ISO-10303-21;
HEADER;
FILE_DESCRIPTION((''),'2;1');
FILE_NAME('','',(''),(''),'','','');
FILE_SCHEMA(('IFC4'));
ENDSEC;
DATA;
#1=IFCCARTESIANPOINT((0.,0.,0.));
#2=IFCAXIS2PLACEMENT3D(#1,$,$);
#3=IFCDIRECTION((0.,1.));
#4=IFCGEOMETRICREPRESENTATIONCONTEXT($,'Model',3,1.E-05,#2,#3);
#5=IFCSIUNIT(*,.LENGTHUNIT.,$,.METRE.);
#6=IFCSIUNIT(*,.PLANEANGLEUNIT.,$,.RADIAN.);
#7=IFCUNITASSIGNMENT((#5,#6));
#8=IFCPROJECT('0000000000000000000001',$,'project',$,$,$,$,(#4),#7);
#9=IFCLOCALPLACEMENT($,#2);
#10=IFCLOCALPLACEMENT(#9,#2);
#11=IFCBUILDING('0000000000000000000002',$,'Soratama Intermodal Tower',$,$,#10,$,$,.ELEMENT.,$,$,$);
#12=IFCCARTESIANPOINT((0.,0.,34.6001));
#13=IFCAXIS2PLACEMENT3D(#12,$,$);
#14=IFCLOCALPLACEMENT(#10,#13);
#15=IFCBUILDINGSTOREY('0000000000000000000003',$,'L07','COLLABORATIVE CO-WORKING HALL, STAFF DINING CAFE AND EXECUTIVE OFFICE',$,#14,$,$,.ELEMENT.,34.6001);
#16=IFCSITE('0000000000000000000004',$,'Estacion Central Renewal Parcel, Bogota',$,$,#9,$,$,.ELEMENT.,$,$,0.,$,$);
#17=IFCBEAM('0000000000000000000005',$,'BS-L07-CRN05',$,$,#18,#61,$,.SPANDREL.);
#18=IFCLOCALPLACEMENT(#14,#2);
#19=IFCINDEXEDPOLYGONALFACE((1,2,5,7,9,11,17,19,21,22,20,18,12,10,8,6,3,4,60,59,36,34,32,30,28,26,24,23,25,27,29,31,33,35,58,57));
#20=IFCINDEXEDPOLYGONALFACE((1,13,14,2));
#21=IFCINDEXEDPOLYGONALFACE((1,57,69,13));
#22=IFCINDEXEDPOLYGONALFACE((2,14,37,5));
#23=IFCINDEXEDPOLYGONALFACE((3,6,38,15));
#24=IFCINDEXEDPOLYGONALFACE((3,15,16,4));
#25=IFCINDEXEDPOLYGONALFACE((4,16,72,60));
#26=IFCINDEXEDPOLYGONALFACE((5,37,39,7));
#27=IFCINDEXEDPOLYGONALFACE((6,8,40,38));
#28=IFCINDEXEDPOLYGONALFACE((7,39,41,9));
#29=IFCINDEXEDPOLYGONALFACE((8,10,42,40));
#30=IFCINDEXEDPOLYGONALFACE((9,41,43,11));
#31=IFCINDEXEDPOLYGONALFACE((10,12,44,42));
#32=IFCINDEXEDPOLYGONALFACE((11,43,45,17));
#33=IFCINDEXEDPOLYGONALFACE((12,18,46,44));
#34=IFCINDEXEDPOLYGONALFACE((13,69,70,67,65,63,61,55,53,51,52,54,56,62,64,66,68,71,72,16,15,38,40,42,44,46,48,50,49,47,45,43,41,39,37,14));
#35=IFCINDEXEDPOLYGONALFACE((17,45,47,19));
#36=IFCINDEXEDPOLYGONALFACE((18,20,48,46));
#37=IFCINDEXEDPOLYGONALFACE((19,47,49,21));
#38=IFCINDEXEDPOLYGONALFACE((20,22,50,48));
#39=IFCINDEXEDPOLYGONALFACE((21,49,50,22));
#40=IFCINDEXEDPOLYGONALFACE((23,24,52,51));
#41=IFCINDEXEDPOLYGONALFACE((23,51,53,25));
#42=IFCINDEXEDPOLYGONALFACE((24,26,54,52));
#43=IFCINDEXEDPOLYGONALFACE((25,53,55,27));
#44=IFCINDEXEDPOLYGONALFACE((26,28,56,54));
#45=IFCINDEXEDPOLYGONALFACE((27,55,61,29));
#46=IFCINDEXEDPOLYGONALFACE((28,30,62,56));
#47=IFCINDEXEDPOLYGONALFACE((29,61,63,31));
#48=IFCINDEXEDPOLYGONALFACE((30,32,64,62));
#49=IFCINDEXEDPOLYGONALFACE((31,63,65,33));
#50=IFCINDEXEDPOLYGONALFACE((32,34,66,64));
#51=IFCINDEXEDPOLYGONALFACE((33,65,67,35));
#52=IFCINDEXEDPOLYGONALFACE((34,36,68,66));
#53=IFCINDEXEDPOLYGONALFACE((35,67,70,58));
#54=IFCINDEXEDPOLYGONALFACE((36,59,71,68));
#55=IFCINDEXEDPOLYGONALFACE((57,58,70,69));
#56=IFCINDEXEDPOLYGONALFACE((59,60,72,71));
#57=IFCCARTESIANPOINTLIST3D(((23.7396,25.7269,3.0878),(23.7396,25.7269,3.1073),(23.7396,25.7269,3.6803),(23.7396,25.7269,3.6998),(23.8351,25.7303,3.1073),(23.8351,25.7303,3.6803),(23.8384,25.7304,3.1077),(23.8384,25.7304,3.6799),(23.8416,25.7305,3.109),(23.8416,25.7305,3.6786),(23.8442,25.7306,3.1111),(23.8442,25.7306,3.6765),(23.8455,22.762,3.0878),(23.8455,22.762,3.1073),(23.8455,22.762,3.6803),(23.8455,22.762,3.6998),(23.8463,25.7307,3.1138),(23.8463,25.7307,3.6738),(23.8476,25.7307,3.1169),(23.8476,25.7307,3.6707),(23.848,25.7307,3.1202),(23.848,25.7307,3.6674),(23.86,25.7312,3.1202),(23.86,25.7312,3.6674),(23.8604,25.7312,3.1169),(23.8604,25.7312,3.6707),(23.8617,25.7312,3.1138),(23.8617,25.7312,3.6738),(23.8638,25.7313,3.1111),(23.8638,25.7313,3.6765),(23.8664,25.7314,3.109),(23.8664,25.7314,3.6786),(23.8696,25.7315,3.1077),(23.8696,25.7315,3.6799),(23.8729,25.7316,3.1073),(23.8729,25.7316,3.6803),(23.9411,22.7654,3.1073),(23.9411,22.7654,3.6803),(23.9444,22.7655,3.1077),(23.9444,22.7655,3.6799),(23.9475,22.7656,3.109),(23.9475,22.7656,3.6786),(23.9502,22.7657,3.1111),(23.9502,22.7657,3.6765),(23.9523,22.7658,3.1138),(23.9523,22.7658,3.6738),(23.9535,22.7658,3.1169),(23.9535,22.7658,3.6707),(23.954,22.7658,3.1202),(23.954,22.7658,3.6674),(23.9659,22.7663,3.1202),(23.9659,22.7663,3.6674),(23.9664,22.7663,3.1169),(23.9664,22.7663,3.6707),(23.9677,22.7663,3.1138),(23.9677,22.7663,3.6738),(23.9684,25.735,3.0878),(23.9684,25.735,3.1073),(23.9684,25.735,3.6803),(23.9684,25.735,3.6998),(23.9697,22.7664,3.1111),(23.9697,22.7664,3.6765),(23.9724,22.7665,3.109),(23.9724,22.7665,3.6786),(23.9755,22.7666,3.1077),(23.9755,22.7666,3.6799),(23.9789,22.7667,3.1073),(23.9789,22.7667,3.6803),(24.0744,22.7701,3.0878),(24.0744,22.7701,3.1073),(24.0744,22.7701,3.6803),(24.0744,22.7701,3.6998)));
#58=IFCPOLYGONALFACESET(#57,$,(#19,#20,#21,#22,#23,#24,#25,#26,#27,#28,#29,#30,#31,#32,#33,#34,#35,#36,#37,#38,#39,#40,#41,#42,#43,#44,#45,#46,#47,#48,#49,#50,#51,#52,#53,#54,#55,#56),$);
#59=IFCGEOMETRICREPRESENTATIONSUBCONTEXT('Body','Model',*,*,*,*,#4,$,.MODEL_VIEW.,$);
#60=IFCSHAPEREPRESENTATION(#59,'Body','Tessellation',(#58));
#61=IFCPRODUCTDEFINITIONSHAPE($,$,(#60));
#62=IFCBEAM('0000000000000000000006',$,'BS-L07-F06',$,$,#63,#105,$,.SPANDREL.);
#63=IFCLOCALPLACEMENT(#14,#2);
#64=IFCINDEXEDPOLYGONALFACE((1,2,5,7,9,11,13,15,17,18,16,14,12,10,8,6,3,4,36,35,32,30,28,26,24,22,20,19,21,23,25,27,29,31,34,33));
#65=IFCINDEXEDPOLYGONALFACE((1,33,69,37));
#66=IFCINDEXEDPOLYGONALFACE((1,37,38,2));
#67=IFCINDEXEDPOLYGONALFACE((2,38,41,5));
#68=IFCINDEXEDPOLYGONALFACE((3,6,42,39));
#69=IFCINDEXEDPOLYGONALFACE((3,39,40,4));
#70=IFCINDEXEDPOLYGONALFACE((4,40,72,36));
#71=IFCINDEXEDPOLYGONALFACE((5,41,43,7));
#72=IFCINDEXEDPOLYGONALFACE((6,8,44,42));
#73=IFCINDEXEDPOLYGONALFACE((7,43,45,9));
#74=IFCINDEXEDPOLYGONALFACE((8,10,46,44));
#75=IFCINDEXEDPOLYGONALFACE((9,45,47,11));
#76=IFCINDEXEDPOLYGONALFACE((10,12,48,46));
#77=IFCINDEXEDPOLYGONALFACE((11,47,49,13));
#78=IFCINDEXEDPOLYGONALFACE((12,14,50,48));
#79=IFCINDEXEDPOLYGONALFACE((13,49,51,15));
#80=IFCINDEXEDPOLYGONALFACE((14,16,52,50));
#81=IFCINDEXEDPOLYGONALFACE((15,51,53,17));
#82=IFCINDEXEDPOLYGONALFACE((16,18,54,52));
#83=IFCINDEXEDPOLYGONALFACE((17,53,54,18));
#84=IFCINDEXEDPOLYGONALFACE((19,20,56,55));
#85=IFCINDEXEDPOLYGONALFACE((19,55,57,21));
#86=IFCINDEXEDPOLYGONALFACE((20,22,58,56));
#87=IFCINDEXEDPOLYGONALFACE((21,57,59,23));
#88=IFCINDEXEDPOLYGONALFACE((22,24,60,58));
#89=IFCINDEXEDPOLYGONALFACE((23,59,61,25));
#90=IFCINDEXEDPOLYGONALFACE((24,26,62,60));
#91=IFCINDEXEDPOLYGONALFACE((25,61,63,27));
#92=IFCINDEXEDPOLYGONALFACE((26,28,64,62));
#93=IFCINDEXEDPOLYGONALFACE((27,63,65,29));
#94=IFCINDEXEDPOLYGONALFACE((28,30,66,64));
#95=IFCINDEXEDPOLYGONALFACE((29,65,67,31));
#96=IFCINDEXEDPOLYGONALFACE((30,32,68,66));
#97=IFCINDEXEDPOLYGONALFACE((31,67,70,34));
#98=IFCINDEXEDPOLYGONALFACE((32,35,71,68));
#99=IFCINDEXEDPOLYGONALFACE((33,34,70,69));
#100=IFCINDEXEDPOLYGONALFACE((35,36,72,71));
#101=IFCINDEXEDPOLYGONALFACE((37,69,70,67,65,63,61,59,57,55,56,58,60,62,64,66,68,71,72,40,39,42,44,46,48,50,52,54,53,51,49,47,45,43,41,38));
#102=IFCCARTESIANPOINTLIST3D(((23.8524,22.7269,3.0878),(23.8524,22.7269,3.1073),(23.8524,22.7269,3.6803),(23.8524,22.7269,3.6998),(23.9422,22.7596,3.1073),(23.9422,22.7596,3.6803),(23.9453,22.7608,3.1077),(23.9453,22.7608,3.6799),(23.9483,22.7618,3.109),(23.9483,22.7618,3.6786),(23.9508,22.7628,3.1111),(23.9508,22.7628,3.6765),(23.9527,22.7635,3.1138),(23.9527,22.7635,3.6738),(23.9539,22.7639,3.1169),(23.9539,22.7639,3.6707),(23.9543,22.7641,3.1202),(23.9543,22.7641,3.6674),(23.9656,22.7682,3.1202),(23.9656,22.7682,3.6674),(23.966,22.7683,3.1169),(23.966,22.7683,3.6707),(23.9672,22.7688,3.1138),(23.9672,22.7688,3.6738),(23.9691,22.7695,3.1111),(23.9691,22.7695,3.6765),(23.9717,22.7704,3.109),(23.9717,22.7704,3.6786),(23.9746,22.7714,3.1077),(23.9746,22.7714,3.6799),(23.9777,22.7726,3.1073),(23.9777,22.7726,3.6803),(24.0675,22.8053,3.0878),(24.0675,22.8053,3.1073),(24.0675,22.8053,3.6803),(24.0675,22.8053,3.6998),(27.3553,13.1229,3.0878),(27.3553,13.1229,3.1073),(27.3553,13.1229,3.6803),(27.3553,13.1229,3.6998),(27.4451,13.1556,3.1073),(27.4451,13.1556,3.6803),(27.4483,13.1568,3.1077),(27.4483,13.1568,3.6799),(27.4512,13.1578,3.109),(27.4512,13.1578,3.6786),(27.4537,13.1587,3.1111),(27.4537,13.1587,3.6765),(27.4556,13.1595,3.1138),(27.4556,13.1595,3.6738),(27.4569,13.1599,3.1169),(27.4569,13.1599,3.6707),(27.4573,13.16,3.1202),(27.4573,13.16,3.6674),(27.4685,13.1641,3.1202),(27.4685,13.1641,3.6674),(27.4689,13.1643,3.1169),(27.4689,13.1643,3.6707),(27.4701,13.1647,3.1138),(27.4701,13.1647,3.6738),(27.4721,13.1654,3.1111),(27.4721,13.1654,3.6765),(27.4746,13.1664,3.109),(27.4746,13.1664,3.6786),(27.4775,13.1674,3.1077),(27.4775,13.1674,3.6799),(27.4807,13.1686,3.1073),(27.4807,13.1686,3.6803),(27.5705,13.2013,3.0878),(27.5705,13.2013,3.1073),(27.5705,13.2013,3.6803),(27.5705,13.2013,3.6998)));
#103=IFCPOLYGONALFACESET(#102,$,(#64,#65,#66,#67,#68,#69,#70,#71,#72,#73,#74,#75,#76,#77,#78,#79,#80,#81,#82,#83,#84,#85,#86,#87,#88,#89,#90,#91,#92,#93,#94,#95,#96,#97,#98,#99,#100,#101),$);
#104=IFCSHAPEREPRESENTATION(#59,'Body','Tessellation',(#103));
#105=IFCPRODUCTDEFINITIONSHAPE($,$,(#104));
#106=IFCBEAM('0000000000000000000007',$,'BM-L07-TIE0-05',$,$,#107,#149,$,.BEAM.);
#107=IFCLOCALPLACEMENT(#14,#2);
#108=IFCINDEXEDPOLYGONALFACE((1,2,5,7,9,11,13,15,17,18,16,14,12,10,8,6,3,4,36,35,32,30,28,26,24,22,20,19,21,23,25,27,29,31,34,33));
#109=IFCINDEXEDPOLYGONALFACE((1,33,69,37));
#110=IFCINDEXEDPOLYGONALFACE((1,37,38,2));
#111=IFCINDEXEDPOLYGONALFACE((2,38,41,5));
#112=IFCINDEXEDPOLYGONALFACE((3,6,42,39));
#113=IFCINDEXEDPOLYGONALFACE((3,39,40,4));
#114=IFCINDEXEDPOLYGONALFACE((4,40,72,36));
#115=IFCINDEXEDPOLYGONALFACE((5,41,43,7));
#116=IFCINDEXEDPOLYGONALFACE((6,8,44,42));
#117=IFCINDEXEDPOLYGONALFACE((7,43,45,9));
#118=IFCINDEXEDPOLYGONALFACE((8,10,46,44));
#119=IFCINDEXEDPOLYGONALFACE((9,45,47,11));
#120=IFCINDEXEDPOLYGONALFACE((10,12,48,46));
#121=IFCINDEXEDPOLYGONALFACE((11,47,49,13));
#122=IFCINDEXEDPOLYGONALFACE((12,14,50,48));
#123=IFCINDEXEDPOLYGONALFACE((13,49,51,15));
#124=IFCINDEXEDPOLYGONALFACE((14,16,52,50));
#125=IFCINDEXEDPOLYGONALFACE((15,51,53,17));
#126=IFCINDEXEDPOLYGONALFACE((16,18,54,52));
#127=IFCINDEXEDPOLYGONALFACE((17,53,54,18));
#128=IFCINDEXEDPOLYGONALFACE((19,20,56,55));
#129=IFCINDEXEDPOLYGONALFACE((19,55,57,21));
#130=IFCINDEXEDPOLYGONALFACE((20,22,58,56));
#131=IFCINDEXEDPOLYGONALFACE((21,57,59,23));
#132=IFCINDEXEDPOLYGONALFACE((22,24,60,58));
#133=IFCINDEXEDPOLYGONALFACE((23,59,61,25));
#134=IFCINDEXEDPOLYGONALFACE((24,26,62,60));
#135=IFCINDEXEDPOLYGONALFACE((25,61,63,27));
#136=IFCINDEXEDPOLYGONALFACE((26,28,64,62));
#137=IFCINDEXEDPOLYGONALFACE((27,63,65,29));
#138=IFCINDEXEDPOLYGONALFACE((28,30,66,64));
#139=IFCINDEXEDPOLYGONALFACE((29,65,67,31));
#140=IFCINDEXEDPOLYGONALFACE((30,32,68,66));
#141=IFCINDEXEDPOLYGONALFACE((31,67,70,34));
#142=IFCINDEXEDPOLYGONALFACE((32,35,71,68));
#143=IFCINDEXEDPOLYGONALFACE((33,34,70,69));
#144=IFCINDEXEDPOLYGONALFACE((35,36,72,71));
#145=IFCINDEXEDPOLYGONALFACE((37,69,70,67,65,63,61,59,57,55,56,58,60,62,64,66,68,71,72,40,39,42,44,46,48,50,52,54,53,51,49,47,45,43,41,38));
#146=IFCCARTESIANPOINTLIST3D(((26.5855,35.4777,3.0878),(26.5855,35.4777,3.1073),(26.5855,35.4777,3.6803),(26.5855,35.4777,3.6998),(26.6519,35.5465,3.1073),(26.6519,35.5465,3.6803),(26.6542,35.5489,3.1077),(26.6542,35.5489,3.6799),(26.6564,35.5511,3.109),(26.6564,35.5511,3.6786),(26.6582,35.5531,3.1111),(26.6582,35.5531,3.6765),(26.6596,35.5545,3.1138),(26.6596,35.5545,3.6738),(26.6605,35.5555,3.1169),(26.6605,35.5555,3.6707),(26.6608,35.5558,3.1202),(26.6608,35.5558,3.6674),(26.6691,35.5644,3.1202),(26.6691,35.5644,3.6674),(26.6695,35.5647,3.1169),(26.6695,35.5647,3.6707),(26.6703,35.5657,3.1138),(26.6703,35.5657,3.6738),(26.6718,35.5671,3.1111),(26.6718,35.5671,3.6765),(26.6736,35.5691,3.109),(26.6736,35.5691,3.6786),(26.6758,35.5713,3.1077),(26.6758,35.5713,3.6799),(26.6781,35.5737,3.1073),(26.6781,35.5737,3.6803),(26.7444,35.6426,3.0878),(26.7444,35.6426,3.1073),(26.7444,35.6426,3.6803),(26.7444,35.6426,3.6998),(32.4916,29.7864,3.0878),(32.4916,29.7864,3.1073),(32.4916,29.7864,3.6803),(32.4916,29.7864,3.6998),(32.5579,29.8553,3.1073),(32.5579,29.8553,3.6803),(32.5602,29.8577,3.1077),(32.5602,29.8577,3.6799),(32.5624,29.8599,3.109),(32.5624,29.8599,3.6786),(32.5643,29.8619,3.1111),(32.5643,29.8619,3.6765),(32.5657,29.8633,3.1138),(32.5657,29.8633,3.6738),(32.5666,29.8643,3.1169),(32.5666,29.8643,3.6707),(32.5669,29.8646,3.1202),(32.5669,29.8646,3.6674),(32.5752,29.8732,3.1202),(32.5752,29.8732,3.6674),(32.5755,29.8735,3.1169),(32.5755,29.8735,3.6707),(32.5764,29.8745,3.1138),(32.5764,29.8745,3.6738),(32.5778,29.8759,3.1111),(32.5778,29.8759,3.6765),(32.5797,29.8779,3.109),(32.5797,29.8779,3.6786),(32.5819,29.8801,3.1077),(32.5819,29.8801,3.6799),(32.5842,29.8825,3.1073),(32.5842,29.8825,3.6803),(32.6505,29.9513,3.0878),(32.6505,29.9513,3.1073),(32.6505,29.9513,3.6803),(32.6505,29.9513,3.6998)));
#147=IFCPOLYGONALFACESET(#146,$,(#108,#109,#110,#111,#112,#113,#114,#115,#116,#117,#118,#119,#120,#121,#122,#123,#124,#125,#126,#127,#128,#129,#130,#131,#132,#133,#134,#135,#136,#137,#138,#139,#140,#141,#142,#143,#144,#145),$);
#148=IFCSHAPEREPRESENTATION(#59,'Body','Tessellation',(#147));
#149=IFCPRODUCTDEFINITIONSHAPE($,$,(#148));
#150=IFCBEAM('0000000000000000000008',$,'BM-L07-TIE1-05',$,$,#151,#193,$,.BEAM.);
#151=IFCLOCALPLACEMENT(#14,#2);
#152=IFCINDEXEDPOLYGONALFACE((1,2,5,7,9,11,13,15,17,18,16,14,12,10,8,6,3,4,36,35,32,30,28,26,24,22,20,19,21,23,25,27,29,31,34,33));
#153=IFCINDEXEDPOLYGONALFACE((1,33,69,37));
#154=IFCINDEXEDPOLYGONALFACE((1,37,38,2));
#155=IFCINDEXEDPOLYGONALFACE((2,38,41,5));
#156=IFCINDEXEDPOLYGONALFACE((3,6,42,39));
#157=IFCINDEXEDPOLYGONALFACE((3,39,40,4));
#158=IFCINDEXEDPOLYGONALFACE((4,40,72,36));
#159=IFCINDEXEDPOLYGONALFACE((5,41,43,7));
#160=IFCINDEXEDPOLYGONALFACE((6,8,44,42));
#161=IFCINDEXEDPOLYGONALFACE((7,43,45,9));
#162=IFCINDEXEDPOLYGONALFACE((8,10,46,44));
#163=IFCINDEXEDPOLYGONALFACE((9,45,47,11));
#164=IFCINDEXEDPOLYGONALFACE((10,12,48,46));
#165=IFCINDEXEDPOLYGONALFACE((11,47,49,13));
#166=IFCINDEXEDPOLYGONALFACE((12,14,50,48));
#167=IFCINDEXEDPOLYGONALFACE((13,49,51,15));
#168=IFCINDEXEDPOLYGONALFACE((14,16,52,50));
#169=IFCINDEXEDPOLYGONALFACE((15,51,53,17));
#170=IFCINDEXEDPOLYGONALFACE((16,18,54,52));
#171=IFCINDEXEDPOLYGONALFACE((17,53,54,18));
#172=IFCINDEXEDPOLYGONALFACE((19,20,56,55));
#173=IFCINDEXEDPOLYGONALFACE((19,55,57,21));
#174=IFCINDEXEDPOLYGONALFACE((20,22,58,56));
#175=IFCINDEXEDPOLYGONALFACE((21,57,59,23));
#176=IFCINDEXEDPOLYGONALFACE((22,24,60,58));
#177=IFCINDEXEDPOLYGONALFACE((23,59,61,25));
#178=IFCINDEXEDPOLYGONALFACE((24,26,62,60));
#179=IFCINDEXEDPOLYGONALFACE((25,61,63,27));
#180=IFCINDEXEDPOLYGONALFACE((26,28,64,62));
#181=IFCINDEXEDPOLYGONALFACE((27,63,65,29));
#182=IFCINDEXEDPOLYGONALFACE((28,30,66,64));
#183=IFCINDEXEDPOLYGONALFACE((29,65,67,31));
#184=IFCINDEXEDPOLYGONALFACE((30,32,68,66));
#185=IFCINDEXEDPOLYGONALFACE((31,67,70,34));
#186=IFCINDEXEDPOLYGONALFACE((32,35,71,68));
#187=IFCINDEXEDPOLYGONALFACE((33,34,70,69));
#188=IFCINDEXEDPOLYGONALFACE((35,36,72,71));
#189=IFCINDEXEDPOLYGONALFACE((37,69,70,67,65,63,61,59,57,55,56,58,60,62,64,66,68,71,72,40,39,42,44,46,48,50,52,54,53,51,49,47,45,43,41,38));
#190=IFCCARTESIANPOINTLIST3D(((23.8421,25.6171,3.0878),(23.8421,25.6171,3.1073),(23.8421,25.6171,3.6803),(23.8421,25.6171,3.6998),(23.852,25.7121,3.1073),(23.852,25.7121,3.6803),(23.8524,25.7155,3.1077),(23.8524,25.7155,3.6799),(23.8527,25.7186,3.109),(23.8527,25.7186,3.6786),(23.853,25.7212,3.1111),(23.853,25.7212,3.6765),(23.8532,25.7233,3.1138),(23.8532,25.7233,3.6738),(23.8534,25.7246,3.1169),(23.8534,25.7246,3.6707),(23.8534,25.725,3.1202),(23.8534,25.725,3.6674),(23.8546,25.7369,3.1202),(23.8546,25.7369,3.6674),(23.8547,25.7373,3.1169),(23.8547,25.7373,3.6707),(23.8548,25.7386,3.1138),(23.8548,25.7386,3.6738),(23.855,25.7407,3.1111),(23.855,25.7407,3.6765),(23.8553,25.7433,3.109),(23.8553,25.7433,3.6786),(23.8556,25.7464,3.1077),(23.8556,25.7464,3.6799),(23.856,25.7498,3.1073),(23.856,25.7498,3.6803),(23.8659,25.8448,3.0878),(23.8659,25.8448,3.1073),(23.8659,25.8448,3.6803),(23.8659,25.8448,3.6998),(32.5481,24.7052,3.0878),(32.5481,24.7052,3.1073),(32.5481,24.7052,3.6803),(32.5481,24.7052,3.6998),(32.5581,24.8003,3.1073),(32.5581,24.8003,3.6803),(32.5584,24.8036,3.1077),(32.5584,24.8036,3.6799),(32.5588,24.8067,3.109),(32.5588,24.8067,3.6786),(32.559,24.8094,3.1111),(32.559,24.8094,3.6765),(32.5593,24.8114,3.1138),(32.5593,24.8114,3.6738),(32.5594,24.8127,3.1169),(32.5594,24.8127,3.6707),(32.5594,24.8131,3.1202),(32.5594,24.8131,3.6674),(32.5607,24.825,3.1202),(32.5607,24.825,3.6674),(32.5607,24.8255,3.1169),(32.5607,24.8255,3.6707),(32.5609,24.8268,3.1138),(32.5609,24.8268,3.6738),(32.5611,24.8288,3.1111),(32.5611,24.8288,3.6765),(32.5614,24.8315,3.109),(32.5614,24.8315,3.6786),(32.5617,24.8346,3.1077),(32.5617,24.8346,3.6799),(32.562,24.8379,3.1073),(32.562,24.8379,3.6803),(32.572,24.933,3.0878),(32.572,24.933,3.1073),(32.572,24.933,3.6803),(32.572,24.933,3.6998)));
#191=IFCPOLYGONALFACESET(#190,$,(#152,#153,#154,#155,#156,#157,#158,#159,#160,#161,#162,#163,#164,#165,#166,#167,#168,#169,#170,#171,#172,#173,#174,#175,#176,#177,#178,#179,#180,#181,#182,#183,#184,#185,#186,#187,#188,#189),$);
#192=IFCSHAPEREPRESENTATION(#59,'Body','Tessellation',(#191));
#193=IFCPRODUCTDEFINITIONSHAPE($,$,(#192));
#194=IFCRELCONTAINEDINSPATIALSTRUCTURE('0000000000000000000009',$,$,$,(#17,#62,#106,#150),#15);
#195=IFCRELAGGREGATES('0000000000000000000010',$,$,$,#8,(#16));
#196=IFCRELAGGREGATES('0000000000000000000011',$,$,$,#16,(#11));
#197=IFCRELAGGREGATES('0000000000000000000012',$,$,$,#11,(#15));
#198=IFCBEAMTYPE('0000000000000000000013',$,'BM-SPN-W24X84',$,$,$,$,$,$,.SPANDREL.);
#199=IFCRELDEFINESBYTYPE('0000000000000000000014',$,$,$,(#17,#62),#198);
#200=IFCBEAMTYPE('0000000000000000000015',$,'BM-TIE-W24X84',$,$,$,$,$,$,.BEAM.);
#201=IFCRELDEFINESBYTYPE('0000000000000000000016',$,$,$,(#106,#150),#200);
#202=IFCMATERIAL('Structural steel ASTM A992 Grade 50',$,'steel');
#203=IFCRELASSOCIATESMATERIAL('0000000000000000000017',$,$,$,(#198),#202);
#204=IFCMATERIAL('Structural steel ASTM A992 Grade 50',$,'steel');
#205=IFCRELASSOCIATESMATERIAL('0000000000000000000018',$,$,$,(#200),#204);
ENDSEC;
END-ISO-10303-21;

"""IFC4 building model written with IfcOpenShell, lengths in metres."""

from ifc_helpers import new_model, si_unit, direction, frame, origin, origin_2d, place, context, subcontext, project, spatial, i_section, extrude, material, material_profile, profile_set, type_object, element, save


model = new_model("IFC4")

# Units and contexts
model_context = context("Model", 3, precision=1e-05, world=origin(), true_north=direction((0.0, 1.0)))
body_context = subcontext(model_context, "Body", "Model", "MODEL_VIEW")
ifc_project = project(units=[si_unit("LENGTHUNIT", "METRE"), si_unit("PLANEANGLEUNIT", "RADIAN")], contexts=[model_context])

# Site, building, storey
site_placement = place(None, origin())
site = spatial("IfcSite", under=ifc_project, at=site_placement, Name="Estacion Central Renewal Parcel, Bogota", CompositionType="ELEMENT", RefElevation=0.0)
building_placement = place(site_placement, origin())
building = spatial("IfcBuilding", under=site, at=building_placement, Name="Soratama Intermodal Tower", CompositionType="ELEMENT")
storey_placement = place(building_placement, frame((0.0, 0.0, 34.6001)))
storey = spatial("IfcBuildingStorey", under=building, at=storey_placement, Name="L07", Description="COLLABORATIVE CO-WORKING HALL, STAFF DINING CAFE AND EXECUTIVE OFFICE", CompositionType="ELEMENT", Elevation=34.6001)

# Beams
ifc_material_1 = material(Name="Structural steel ASTM A992 Grade 50", Category="steel")
ifc_material_profile_1 = material_profile(ifc_material_1, i_section(OverallWidth=0.229, OverallDepth=0.6121, WebThickness=0.012, FlangeThickness=0.0195, FilletRadius=0.0129, at=origin_2d()), Name="W24X84")
ifc_profile_set_1 = profile_set([ifc_material_profile_1], Name="Structural steel ASTM A992 Grade 50")
beam_type_1 = type_object("IfcBeamType", Name="BM-SPN-W24X84", PredefinedType="SPANDREL", material=ifc_profile_set_1)
beam_1_placement = place(storey_placement, frame((23.854, 25.731, 3.3938), z_axis=(0.035715, -0.999362, 0.0), x_axis=(0.999362, 0.035715, 0.0)))
element("IfcBeam", 1, at=beam_1_placement, inside=storey, type_object=beam_type_1, Name="BS-L07-CRN05", PredefinedType="SPANDREL", context=body_context, shape_type="SweptSolid", body=[
    extrude(i_section(OverallWidth=0.229, OverallDepth=0.6121, WebThickness=0.012, FlangeThickness=0.0195, FilletRadius=0.0129, at=origin_2d()), origin(), (0.0, 0.0, 1.0), 2.9668),
])
beam_2_placement = place(storey_placement, frame((23.96, 22.7661, 3.3938), z_axis=(0.342656, -0.939461, 0.0), x_axis=(0.939461, 0.342656, 0.0)))
element("IfcBeam", 2, at=beam_2_placement, inside=storey, type_object=beam_type_1, Name="BS-L07-F06", PredefinedType="SPANDREL", context=body_context, shape_type="SweptSolid", body=[
    extrude(i_section(OverallWidth=0.229, OverallDepth=0.6121, WebThickness=0.012, FlangeThickness=0.0195, FilletRadius=0.0129, at=origin_2d()), origin(), (0.0, 0.0, 1.0), 10.2229),
])
ifc_material_2 = material(Name="Structural steel ASTM A992 Grade 50", Category="steel")
ifc_material_profile_2 = material_profile(ifc_material_2, i_section(OverallWidth=0.229, OverallDepth=0.6121, WebThickness=0.012, FlangeThickness=0.0195, FilletRadius=0.0129, at=origin_2d()), Name="W24X84")
ifc_profile_set_2 = profile_set([ifc_material_profile_2], Name="Structural steel ASTM A992 Grade 50")
beam_type_2 = type_object("IfcBeamType", Name="BM-TIE-W24X84", PredefinedType="BEAM", material=ifc_profile_set_2)
beam_3_placement = place(storey_placement, frame((32.571, 29.8689, 3.3938), z_axis=(-0.720083, 0.693888, 0.0), x_axis=(-0.693888, -0.720083, 0.0)))
element("IfcBeam", 3, at=beam_3_placement, inside=storey, type_object=beam_type_2, Name="BM-L07-TIE0-05", PredefinedType="BEAM", context=body_context, shape_type="SweptSolid", body=[
    extrude(i_section(OverallWidth=0.229, OverallDepth=0.6121, WebThickness=0.012, FlangeThickness=0.0195, FilletRadius=0.0129, at=origin_2d()), origin(), (0.0, 0.0, 1.0), 8.2019),
])
beam_4_placement = place(storey_placement, frame((32.5601, 24.8191, 3.3938), z_axis=(-0.99456, 0.104169, 0.0), x_axis=(-0.104169, -0.99456, 0.0)))
element("IfcBeam", 4, at=beam_4_placement, inside=storey, type_object=beam_type_2, Name="BM-L07-TIE1-05", PredefinedType="BEAM", context=body_context, shape_type="SweptSolid", body=[
    extrude(i_section(OverallWidth=0.229, OverallDepth=0.6121, WebThickness=0.012, FlangeThickness=0.0195, FilletRadius=0.0129, at=origin_2d()), origin(), (0.0, 0.0, 1.0), 8.7537),
])

save(model, "model.ifc")
